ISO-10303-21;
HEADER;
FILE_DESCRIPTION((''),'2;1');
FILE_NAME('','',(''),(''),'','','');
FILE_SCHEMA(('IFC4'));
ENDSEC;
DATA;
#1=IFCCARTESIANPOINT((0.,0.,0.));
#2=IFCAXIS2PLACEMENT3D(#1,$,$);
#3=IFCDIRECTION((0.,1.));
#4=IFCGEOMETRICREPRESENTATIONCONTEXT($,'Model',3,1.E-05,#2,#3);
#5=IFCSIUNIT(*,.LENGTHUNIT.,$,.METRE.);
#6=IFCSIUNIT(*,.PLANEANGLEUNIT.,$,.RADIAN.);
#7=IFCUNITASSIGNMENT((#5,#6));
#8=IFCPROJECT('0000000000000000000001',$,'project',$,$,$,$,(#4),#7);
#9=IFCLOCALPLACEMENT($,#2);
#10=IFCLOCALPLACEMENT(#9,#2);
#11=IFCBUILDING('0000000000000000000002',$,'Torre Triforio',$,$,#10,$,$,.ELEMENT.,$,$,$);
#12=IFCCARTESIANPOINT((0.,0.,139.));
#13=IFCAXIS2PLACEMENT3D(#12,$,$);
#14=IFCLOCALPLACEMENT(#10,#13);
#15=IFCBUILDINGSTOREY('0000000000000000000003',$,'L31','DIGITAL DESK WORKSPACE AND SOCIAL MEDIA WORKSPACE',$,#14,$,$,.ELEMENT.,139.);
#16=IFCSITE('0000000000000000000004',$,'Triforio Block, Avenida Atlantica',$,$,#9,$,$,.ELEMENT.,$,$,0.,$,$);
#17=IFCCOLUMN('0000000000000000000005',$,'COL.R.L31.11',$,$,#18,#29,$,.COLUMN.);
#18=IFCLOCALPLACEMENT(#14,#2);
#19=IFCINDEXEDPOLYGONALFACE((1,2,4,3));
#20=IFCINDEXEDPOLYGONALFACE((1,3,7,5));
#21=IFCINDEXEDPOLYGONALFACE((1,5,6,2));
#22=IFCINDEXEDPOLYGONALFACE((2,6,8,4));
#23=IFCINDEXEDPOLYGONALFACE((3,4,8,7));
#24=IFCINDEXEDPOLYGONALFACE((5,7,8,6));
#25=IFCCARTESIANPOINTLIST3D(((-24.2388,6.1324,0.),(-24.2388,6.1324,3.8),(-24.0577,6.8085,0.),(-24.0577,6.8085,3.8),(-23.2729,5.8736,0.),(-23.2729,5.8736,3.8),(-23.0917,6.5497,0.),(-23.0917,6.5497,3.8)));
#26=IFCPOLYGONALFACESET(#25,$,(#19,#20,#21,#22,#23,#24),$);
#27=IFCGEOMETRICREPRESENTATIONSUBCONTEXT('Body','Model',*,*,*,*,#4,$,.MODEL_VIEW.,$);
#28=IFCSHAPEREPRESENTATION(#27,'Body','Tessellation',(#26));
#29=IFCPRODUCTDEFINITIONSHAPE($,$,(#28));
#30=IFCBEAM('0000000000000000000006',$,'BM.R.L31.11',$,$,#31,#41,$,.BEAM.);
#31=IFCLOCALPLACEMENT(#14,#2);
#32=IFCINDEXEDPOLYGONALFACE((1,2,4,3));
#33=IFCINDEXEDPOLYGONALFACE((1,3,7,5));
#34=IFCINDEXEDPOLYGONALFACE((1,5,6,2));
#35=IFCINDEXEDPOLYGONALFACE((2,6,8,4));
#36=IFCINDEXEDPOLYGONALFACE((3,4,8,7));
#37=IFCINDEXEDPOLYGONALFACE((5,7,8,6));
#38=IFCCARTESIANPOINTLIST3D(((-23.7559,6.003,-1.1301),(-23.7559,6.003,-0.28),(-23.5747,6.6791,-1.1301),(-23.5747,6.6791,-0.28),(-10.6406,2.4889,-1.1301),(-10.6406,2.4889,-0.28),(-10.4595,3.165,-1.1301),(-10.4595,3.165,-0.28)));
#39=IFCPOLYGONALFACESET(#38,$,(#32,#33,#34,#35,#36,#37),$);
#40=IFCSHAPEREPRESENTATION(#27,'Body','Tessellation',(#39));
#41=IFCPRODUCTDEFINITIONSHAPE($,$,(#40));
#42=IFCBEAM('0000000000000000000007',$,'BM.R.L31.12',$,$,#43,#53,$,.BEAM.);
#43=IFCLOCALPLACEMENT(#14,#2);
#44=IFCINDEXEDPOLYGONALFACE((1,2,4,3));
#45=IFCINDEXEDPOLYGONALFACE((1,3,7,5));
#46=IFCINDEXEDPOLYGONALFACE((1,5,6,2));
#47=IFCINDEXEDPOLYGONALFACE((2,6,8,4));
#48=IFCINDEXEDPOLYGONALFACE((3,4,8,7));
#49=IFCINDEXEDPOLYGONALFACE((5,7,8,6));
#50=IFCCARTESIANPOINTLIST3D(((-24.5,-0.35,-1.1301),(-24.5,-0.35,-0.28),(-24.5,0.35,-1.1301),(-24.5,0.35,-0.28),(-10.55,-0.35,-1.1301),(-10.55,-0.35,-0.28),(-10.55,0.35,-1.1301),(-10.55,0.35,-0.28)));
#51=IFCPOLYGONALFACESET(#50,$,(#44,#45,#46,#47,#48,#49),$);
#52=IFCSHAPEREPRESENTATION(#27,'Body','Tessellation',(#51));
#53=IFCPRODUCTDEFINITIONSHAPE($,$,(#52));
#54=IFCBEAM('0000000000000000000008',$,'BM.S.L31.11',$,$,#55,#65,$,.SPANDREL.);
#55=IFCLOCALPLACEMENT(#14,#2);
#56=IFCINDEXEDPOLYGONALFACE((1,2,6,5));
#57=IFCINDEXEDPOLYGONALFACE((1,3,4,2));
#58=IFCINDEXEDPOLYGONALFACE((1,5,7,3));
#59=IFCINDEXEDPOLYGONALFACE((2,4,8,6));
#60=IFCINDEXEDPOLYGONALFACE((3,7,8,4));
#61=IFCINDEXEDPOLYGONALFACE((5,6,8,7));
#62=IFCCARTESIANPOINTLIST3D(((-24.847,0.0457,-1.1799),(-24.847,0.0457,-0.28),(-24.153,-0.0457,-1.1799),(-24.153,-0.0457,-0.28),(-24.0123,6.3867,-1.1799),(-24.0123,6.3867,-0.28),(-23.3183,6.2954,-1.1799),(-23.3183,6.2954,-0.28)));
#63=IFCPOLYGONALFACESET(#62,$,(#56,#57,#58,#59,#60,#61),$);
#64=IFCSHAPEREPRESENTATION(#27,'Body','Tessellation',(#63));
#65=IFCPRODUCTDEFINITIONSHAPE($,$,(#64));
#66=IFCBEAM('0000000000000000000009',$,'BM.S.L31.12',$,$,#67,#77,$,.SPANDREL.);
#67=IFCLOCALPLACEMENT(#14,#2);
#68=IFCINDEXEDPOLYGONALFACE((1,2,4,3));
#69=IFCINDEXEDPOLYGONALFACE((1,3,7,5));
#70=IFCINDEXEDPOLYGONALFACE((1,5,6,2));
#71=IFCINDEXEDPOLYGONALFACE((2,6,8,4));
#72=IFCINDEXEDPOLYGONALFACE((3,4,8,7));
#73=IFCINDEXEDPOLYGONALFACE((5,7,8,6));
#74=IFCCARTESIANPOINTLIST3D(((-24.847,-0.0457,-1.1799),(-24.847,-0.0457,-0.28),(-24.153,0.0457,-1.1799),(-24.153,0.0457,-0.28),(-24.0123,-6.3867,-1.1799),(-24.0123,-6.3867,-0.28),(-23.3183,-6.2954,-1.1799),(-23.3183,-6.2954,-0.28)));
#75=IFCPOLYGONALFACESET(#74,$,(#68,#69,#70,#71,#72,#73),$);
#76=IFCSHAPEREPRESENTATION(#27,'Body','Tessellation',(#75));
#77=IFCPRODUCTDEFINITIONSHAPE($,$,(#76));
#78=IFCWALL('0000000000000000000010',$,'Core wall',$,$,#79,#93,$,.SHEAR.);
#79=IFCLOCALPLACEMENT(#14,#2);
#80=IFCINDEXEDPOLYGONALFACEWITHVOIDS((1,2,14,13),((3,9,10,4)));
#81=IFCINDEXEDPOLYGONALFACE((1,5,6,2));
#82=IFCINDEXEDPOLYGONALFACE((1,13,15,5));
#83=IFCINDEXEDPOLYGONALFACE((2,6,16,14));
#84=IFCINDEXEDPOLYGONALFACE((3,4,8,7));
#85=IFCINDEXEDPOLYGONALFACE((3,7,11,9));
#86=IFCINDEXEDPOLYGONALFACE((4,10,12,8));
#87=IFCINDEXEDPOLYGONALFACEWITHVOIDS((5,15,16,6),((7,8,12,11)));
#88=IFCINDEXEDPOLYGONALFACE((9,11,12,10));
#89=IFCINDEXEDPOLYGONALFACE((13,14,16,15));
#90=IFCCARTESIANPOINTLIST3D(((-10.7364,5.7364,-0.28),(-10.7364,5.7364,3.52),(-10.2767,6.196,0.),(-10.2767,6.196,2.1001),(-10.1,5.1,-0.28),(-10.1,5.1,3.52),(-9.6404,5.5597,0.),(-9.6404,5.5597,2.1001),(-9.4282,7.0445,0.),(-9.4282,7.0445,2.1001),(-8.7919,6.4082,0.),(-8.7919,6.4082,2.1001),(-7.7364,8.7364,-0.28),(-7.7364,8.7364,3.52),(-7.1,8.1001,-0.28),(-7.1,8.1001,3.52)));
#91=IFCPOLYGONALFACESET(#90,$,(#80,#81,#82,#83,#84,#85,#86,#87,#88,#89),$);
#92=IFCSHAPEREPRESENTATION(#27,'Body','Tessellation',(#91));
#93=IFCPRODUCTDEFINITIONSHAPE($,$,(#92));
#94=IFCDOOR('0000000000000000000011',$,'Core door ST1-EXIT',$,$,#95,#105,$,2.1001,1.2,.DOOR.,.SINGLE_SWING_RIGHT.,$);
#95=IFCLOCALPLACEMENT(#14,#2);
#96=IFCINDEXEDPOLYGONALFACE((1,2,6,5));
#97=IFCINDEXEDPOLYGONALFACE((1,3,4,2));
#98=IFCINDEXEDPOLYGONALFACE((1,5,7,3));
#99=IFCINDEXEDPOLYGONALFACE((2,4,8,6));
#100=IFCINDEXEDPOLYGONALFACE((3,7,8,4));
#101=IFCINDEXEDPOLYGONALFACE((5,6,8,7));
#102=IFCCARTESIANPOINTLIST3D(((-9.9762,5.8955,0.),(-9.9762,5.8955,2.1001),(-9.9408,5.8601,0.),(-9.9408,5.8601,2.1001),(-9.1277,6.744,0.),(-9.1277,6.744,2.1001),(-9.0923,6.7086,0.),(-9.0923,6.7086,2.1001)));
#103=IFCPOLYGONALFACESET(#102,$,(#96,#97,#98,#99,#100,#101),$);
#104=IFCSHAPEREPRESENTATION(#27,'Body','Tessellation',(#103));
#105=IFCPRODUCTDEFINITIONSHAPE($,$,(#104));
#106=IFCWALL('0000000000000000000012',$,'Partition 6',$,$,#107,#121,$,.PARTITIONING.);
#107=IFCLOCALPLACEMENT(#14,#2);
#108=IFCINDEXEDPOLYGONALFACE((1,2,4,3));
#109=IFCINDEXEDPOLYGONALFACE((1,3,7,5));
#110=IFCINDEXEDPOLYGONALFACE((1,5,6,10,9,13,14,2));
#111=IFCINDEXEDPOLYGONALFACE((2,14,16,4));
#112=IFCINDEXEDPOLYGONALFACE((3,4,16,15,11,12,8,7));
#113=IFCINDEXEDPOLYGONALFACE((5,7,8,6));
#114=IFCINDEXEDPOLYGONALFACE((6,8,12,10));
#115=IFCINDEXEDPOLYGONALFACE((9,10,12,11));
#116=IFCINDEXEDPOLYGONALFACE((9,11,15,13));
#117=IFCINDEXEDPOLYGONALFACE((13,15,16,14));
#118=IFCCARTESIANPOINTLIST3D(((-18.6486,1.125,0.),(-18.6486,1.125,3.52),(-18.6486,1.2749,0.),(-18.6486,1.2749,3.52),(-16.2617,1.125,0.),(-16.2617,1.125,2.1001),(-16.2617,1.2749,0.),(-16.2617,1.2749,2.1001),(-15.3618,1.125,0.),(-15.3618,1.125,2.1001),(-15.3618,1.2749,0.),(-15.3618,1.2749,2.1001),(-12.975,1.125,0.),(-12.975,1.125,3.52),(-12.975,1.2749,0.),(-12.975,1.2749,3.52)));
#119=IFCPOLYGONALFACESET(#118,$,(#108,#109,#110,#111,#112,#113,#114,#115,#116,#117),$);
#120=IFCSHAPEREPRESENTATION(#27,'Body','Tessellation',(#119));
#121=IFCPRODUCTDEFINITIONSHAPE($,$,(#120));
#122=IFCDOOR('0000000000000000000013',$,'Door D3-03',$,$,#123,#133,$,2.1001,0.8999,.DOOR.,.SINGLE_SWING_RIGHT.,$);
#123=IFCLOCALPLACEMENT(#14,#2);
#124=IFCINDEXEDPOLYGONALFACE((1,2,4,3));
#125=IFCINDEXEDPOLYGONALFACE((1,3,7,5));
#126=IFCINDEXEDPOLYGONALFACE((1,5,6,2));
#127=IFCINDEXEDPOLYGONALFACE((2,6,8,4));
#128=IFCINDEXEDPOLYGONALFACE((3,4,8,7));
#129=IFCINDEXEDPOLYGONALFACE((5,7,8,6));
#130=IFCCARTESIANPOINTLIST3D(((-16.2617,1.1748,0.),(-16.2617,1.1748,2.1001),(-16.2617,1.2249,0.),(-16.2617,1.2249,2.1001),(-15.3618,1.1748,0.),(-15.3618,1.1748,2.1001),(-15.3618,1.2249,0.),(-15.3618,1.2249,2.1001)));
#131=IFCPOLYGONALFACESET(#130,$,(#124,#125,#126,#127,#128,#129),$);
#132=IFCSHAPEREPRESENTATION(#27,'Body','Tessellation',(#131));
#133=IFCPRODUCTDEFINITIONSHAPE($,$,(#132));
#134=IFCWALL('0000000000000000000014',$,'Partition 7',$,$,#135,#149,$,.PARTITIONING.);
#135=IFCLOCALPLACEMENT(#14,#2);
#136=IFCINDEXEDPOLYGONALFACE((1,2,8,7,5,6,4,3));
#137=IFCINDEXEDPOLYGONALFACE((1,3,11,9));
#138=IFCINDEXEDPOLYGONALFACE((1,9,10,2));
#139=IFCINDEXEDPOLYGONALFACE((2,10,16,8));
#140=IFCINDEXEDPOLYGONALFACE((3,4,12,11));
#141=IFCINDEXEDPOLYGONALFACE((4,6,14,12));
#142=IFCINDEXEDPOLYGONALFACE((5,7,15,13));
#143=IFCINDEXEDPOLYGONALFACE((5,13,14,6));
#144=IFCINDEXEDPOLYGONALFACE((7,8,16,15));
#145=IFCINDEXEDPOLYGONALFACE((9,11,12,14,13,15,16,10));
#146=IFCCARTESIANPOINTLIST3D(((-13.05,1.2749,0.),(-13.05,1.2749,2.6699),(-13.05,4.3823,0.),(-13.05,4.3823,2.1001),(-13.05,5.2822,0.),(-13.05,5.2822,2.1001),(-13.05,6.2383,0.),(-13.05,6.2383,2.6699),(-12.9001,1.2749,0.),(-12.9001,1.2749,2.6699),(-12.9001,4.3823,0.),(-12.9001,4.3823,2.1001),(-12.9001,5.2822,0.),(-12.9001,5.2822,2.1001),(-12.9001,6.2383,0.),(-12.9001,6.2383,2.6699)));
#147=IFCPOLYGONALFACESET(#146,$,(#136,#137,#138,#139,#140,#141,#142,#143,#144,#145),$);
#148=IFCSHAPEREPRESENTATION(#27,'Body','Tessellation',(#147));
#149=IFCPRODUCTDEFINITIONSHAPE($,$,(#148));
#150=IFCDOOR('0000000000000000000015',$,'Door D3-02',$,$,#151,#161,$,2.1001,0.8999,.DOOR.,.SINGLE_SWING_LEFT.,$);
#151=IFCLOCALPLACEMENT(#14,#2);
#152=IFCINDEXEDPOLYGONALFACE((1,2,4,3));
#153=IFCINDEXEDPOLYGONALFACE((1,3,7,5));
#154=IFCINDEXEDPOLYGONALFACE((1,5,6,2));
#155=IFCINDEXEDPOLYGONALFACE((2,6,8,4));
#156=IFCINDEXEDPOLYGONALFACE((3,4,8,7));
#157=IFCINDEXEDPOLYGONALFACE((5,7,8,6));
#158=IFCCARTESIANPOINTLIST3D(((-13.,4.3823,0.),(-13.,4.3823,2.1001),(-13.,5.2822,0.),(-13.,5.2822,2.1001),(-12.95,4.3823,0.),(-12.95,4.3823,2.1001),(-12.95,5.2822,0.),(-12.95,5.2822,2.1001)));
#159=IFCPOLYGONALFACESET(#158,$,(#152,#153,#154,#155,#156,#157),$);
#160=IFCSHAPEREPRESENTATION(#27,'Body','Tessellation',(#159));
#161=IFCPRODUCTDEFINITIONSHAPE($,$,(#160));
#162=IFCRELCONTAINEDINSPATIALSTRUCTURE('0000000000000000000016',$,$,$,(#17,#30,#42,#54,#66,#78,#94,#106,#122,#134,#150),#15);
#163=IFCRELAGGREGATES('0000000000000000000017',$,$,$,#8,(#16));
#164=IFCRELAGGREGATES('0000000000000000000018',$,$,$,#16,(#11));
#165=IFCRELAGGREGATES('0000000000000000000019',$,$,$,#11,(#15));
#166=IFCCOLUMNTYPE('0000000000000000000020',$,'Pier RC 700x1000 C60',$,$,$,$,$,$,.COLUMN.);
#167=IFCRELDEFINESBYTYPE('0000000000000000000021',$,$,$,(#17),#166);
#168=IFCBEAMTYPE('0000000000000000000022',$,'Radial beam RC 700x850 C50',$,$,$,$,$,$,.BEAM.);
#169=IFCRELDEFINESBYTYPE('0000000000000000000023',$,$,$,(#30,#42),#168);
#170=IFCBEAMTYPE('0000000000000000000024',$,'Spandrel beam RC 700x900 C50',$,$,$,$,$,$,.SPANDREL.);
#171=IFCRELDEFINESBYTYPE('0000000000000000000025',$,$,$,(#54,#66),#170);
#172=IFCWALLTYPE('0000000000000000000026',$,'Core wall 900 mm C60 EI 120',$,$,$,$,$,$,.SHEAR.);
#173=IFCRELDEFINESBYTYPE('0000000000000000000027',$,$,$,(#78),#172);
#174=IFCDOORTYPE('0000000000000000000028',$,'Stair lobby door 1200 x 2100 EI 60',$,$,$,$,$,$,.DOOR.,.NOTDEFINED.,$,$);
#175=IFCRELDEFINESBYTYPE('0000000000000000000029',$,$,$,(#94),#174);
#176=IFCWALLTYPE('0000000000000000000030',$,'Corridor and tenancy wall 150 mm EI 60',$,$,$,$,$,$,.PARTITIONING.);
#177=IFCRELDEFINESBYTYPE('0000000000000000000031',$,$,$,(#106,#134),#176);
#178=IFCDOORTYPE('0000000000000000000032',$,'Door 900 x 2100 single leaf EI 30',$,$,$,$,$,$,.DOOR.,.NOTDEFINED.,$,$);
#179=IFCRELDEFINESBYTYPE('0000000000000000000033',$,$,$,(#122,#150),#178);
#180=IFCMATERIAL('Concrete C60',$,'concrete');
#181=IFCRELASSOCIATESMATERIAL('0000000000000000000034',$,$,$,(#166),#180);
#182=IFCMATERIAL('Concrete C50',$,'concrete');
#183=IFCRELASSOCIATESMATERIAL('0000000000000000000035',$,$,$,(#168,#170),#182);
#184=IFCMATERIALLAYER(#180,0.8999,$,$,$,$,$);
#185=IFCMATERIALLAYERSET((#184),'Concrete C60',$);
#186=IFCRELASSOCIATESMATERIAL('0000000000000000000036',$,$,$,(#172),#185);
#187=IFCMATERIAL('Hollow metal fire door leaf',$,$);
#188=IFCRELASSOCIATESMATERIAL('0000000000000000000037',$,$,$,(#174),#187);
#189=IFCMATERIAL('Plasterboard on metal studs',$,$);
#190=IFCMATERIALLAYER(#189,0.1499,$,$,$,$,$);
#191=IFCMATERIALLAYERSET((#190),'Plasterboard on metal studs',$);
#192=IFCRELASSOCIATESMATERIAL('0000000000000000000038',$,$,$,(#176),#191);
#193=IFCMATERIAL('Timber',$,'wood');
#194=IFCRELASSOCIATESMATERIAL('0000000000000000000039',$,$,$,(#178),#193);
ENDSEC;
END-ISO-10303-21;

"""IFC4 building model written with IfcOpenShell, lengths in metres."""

from ifc_helpers import new_model, si_unit, direction, frame, frame_2d, origin, origin_2d, place, context, subcontext, project, spatial, rectangle, extrude, material, layer, layer_set, material_profile, profile_set, type_object, element, fill, save


model = new_model("IFC4")

# Units and contexts
model_context = context("Model", 3, precision=1e-05, world=origin(), true_north=direction((0.0, 1.0)))
body_context = subcontext(model_context, "Body", "Model", "MODEL_VIEW")
ifc_project = project(units=[si_unit("LENGTHUNIT", "METRE"), si_unit("PLANEANGLEUNIT", "RADIAN")], contexts=[model_context])

# Site, building, storey
site_placement = place(None, origin())
site = spatial("IfcSite", under=ifc_project, at=site_placement, Name="Triforio Block, Avenida Atlantica", CompositionType="ELEMENT", RefElevation=0.0)
building_placement = place(site_placement, origin())
building = spatial("IfcBuilding", under=site, at=building_placement, Name="Torre Triforio", CompositionType="ELEMENT")
storey_placement = place(building_placement, frame((0.0, 0.0, 139.0)))
storey = spatial("IfcBuildingStorey", under=building, at=storey_placement, Name="L31", Description="DIGITAL DESK WORKSPACE AND SOCIAL MEDIA WORKSPACE", CompositionType="ELEMENT", Elevation=139.0)

# Column
ifc_material_1 = material(Name="Concrete C60", Category="concrete")
ifc_material_profile_1 = material_profile(ifc_material_1, rectangle(XDim=0.7, YDim=1.0, at=origin_2d()), Name="RC 700x1000")
ifc_profile_set_1 = profile_set([ifc_material_profile_1], Name="Concrete C60")
column_type = type_object("IfcColumnType", Name="Pier RC 700x1000 C60", PredefinedType="COLUMN", material=ifc_profile_set_1)
column_placement = place(storey_placement, frame((-23.6653, 6.3411, 0.0), z_axis=(0.0, 0.0, 1.0), x_axis=(-0.258819, -0.965926, 0.0)))
element("IfcColumn", 1, at=column_placement, inside=storey, type_object=column_type, Name="COL.R.L31.11", PredefinedType="COLUMN", context=body_context, shape_type="SweptSolid", body=[
    extrude(rectangle(XDim=0.7, YDim=1.0, at=origin_2d()), origin(), (0.0, 0.0, 1.0), 3.8),
])

# Beams
ifc_material_2 = material(Name="Concrete C50", Category="concrete")
ifc_material_profile_2 = material_profile(ifc_material_2, rectangle(XDim=0.7, YDim=0.8501, at=origin_2d()), Name="RC 700x850")
ifc_profile_set_2 = profile_set([ifc_material_profile_2], Name="Concrete C50")
beam_type_1 = type_object("IfcBeamType", Name="Radial beam RC 700x850 C50", PredefinedType="BEAM", material=ifc_profile_set_2)
beam_1_placement = place(storey_placement, frame((-10.55, 2.8269, -0.7051), z_axis=(-0.965927, 0.258815, 0.0), x_axis=(-0.258815, -0.965927, 0.0)))
element("IfcBeam", 2, at=beam_1_placement, inside=storey, type_object=beam_type_1, Name="BM.R.L31.11", PredefinedType="BEAM", context=body_context, shape_type="SweptSolid", body=[
    extrude(rectangle(XDim=0.7, YDim=0.8501, at=origin_2d()), origin(), (0.0, 0.0, 1.0), 13.5779),
])
beam_2_placement = place(storey_placement, frame((-10.55, 0.0, -0.7051), z_axis=(-1.0, 0.0, 0.0), x_axis=(0.0, -1.0, 0.0)))
element("IfcBeam", 3, at=beam_2_placement, inside=storey, type_object=beam_type_1, Name="BM.R.L31.12", PredefinedType="BEAM", context=body_context, shape_type="SweptSolid", body=[
    extrude(rectangle(XDim=0.7, YDim=0.8501, at=origin_2d()), origin(), (0.0, 0.0, 1.0), 13.95),
])
ifc_material_profile_3 = material_profile(ifc_material_2, rectangle(XDim=0.7, YDim=0.8999, at=origin_2d()), Name="RC 700x900")
ifc_profile_set_3 = profile_set([ifc_material_profile_3], Name="Concrete C50")
beam_type_2 = type_object("IfcBeamType", Name="Spandrel beam RC 700x900 C50", PredefinedType="SPANDREL", material=ifc_profile_set_3)
for number, where, z_axis, x_axis, name in (
    (4, (-23.6653, 6.3411, -0.73), (-0.130511, -0.991447, 0.0), (0.991447, -0.130511, 0.0), "BM.S.L31.11"),
    (5, (-24.5, 0.0, -0.73), (0.130511, -0.991447, 0.0), (0.991447, 0.130511, 0.0), "BM.S.L31.12"),
):
    element("IfcBeam", number, at=place(storey_placement, frame(where, z_axis=z_axis, x_axis=x_axis)), inside=storey, type_object=beam_type_2, Name=name, PredefinedType="SPANDREL", context=body_context, shape_type="SweptSolid", body=[
        extrude(rectangle(XDim=0.7, YDim=0.8999, at=origin_2d()), origin(), (0.0, 0.0, 1.0), 6.3958),
    ])

# Walls, openings, doors
ifc_layer_1 = layer(ifc_material_1, 0.8999)
ifc_layer_set_1 = layer_set([ifc_layer_1], Name="Concrete C60")
wall_type_1 = type_object("IfcWallType", Name="Core wall 900 mm C60 EI 120", PredefinedType="SHEAR", material=ifc_layer_set_1)
wall_1_placement = place(storey_placement, frame((-10.4182, 5.4182, -0.28), z_axis=(0.0, 0.0, 1.0), x_axis=(0.707107, 0.707107, 0.0)))
wall_1 = element("IfcWall", 6, at=wall_1_placement, inside=storey, type_object=wall_type_1, Name="Core wall", PredefinedType="SHEAR", context=body_context, shape_type="SweptSolid", body=[
    extrude(rectangle(XDim=4.2427, YDim=0.8999, at=frame_2d((2.1213, 0.0))), origin(), (0.0, 0.0, 1.0), 3.8),
])
opening_1_placement = place(wall_1_placement, frame((0.6499, 0.0, 0.28)))
opening_1 = element("IfcOpeningElement", 7, at=opening_1_placement, cuts=wall_1, PredefinedType="OPENING", context=body_context, shape_type="SweptSolid", body=[
    extrude(rectangle(XDim=1.2, YDim=2.1001, at=frame_2d((0.6001, 1.05))), frame((0.0, 0.46, 0.0), z_axis=(0.0, -1.0, 0.0), x_axis=(1.0, 0.0, 0.0)), (0.0, 0.0, 1.0), 0.9199),
])
ifc_material_3 = material(Name="Hollow metal fire door leaf")
door_type_1 = type_object("IfcDoorType", Name="Stair lobby door 1200 x 2100 EI 60", OperationType="NOTDEFINED", PredefinedType="DOOR", material=ifc_material_3)
door_1_placement = place(opening_1_placement, origin())
door_1 = element("IfcDoor", 8, at=door_1_placement, inside=storey, type_object=door_type_1, Name="Core door ST1-EXIT", OperationType="SINGLE_SWING_RIGHT", OverallHeight=2.1001, OverallWidth=1.2, PredefinedType="DOOR", context=body_context, shape_type="SweptSolid", body=[
    extrude(rectangle(XDim=1.2, YDim=2.1001, at=frame_2d((0.6001, 1.05))), frame((0.0, 0.0249, 0.0), z_axis=(0.0, -1.0, 0.0), x_axis=(1.0, 0.0, 0.0)), (0.0, 0.0, 1.0), 0.05),
])
fill(opening_1, door_1)
ifc_material_4 = material(Name="Plasterboard on metal studs")
ifc_layer_2 = layer(ifc_material_4, 0.1499)
ifc_layer_set_2 = layer_set([ifc_layer_2], Name="Plasterboard on metal studs")
wall_type_2 = type_object("IfcWallType", Name="Corridor and tenancy wall 150 mm EI 60", PredefinedType="PARTITIONING", material=ifc_layer_set_2)
wall_2_placement = place(storey_placement, frame((-18.6487, 1.2, 0.0), z_axis=(0.0, 0.0, 1.0), x_axis=(1.0, 0.0, 0.0)))
wall_2 = element("IfcWall", 9, at=wall_2_placement, inside=storey, type_object=wall_type_2, Name="Partition 6", PredefinedType="PARTITIONING", context=body_context, shape_type="SweptSolid", body=[
    extrude(rectangle(XDim=5.6736, YDim=0.1499, at=frame_2d((2.8369, 0.0))), origin(), (0.0, 0.0, 1.0), 3.52),
])
opening_2_placement = place(wall_2_placement, frame((2.387, 0.0, 0.0)))
opening_2 = element("IfcOpeningElement", 10, at=opening_2_placement, cuts=wall_2, PredefinedType="OPENING", context=body_context, shape_type="SweptSolid", body=[
    extrude(rectangle(XDim=0.8999, YDim=2.1001, at=frame_2d((0.45, 1.05))), frame((0.0, 0.085, 0.0), z_axis=(0.0, -1.0, 0.0), x_axis=(1.0, 0.0, 0.0)), (0.0, 0.0, 1.0), 0.1699),
])
ifc_material_5 = material(Name="Timber", Category="wood")
door_type_2 = type_object("IfcDoorType", Name="Door 900 x 2100 single leaf EI 30", OperationType="NOTDEFINED", PredefinedType="DOOR", material=ifc_material_5)
door_2_placement = place(opening_2_placement, origin())
door_2 = element("IfcDoor", 11, at=door_2_placement, inside=storey, type_object=door_type_2, Name="Door D3-03", OperationType="SINGLE_SWING_RIGHT", OverallHeight=2.1001, OverallWidth=0.8999, PredefinedType="DOOR", context=body_context, shape_type="SweptSolid", body=[
    extrude(rectangle(XDim=0.8999, YDim=2.1001, at=frame_2d((0.45, 1.05))), frame((0.0, 0.0249, 0.0), z_axis=(0.0, -1.0, 0.0), x_axis=(1.0, 0.0, 0.0)), (0.0, 0.0, 1.0), 0.05),
])
fill(opening_2, door_2)
wall_3_placement = place(storey_placement, frame((-12.9751, 1.2749, 0.0), z_axis=(0.0, 0.0, 1.0), x_axis=(0.0, 1.0, 0.0)))
wall_3 = element("IfcWall", 12, at=wall_3_placement, inside=storey, type_object=wall_type_2, Name="Partition 7", PredefinedType="PARTITIONING", context=body_context, shape_type="SweptSolid", body=[
    extrude(rectangle(XDim=4.9634, YDim=0.1499, at=frame_2d((2.4817, 0.0))), origin(), (0.0, 0.0, 1.0), 2.6699),
])
opening_3_placement = place(wall_3_placement, frame((3.1074, 0.0, 0.0)))
opening_3 = element("IfcOpeningElement", 13, at=opening_3_placement, cuts=wall_3, PredefinedType="OPENING", context=body_context, shape_type="SweptSolid", body=[
    extrude(rectangle(XDim=0.8999, YDim=2.1001, at=frame_2d((0.45, 1.05))), frame((0.0, 0.085, 0.0), z_axis=(0.0, -1.0, 0.0), x_axis=(1.0, 0.0, 0.0)), (0.0, 0.0, 1.0), 0.1699),
])
door_3_placement = place(opening_3_placement, origin())
door_3 = element("IfcDoor", 14, at=door_3_placement, inside=storey, type_object=door_type_2, Name="Door D3-02", OperationType="SINGLE_SWING_LEFT", OverallHeight=2.1001, OverallWidth=0.8999, PredefinedType="DOOR", context=body_context, shape_type="SweptSolid", body=[
    extrude(rectangle(XDim=0.8999, YDim=2.1001, at=frame_2d((0.45, 1.05))), frame((0.0, 0.0249, 0.0), z_axis=(0.0, -1.0, 0.0), x_axis=(1.0, 0.0, 0.0)), (0.0, 0.0, 1.0), 0.05),
])
fill(opening_3, door_3)

save(model, "model.ifc")
